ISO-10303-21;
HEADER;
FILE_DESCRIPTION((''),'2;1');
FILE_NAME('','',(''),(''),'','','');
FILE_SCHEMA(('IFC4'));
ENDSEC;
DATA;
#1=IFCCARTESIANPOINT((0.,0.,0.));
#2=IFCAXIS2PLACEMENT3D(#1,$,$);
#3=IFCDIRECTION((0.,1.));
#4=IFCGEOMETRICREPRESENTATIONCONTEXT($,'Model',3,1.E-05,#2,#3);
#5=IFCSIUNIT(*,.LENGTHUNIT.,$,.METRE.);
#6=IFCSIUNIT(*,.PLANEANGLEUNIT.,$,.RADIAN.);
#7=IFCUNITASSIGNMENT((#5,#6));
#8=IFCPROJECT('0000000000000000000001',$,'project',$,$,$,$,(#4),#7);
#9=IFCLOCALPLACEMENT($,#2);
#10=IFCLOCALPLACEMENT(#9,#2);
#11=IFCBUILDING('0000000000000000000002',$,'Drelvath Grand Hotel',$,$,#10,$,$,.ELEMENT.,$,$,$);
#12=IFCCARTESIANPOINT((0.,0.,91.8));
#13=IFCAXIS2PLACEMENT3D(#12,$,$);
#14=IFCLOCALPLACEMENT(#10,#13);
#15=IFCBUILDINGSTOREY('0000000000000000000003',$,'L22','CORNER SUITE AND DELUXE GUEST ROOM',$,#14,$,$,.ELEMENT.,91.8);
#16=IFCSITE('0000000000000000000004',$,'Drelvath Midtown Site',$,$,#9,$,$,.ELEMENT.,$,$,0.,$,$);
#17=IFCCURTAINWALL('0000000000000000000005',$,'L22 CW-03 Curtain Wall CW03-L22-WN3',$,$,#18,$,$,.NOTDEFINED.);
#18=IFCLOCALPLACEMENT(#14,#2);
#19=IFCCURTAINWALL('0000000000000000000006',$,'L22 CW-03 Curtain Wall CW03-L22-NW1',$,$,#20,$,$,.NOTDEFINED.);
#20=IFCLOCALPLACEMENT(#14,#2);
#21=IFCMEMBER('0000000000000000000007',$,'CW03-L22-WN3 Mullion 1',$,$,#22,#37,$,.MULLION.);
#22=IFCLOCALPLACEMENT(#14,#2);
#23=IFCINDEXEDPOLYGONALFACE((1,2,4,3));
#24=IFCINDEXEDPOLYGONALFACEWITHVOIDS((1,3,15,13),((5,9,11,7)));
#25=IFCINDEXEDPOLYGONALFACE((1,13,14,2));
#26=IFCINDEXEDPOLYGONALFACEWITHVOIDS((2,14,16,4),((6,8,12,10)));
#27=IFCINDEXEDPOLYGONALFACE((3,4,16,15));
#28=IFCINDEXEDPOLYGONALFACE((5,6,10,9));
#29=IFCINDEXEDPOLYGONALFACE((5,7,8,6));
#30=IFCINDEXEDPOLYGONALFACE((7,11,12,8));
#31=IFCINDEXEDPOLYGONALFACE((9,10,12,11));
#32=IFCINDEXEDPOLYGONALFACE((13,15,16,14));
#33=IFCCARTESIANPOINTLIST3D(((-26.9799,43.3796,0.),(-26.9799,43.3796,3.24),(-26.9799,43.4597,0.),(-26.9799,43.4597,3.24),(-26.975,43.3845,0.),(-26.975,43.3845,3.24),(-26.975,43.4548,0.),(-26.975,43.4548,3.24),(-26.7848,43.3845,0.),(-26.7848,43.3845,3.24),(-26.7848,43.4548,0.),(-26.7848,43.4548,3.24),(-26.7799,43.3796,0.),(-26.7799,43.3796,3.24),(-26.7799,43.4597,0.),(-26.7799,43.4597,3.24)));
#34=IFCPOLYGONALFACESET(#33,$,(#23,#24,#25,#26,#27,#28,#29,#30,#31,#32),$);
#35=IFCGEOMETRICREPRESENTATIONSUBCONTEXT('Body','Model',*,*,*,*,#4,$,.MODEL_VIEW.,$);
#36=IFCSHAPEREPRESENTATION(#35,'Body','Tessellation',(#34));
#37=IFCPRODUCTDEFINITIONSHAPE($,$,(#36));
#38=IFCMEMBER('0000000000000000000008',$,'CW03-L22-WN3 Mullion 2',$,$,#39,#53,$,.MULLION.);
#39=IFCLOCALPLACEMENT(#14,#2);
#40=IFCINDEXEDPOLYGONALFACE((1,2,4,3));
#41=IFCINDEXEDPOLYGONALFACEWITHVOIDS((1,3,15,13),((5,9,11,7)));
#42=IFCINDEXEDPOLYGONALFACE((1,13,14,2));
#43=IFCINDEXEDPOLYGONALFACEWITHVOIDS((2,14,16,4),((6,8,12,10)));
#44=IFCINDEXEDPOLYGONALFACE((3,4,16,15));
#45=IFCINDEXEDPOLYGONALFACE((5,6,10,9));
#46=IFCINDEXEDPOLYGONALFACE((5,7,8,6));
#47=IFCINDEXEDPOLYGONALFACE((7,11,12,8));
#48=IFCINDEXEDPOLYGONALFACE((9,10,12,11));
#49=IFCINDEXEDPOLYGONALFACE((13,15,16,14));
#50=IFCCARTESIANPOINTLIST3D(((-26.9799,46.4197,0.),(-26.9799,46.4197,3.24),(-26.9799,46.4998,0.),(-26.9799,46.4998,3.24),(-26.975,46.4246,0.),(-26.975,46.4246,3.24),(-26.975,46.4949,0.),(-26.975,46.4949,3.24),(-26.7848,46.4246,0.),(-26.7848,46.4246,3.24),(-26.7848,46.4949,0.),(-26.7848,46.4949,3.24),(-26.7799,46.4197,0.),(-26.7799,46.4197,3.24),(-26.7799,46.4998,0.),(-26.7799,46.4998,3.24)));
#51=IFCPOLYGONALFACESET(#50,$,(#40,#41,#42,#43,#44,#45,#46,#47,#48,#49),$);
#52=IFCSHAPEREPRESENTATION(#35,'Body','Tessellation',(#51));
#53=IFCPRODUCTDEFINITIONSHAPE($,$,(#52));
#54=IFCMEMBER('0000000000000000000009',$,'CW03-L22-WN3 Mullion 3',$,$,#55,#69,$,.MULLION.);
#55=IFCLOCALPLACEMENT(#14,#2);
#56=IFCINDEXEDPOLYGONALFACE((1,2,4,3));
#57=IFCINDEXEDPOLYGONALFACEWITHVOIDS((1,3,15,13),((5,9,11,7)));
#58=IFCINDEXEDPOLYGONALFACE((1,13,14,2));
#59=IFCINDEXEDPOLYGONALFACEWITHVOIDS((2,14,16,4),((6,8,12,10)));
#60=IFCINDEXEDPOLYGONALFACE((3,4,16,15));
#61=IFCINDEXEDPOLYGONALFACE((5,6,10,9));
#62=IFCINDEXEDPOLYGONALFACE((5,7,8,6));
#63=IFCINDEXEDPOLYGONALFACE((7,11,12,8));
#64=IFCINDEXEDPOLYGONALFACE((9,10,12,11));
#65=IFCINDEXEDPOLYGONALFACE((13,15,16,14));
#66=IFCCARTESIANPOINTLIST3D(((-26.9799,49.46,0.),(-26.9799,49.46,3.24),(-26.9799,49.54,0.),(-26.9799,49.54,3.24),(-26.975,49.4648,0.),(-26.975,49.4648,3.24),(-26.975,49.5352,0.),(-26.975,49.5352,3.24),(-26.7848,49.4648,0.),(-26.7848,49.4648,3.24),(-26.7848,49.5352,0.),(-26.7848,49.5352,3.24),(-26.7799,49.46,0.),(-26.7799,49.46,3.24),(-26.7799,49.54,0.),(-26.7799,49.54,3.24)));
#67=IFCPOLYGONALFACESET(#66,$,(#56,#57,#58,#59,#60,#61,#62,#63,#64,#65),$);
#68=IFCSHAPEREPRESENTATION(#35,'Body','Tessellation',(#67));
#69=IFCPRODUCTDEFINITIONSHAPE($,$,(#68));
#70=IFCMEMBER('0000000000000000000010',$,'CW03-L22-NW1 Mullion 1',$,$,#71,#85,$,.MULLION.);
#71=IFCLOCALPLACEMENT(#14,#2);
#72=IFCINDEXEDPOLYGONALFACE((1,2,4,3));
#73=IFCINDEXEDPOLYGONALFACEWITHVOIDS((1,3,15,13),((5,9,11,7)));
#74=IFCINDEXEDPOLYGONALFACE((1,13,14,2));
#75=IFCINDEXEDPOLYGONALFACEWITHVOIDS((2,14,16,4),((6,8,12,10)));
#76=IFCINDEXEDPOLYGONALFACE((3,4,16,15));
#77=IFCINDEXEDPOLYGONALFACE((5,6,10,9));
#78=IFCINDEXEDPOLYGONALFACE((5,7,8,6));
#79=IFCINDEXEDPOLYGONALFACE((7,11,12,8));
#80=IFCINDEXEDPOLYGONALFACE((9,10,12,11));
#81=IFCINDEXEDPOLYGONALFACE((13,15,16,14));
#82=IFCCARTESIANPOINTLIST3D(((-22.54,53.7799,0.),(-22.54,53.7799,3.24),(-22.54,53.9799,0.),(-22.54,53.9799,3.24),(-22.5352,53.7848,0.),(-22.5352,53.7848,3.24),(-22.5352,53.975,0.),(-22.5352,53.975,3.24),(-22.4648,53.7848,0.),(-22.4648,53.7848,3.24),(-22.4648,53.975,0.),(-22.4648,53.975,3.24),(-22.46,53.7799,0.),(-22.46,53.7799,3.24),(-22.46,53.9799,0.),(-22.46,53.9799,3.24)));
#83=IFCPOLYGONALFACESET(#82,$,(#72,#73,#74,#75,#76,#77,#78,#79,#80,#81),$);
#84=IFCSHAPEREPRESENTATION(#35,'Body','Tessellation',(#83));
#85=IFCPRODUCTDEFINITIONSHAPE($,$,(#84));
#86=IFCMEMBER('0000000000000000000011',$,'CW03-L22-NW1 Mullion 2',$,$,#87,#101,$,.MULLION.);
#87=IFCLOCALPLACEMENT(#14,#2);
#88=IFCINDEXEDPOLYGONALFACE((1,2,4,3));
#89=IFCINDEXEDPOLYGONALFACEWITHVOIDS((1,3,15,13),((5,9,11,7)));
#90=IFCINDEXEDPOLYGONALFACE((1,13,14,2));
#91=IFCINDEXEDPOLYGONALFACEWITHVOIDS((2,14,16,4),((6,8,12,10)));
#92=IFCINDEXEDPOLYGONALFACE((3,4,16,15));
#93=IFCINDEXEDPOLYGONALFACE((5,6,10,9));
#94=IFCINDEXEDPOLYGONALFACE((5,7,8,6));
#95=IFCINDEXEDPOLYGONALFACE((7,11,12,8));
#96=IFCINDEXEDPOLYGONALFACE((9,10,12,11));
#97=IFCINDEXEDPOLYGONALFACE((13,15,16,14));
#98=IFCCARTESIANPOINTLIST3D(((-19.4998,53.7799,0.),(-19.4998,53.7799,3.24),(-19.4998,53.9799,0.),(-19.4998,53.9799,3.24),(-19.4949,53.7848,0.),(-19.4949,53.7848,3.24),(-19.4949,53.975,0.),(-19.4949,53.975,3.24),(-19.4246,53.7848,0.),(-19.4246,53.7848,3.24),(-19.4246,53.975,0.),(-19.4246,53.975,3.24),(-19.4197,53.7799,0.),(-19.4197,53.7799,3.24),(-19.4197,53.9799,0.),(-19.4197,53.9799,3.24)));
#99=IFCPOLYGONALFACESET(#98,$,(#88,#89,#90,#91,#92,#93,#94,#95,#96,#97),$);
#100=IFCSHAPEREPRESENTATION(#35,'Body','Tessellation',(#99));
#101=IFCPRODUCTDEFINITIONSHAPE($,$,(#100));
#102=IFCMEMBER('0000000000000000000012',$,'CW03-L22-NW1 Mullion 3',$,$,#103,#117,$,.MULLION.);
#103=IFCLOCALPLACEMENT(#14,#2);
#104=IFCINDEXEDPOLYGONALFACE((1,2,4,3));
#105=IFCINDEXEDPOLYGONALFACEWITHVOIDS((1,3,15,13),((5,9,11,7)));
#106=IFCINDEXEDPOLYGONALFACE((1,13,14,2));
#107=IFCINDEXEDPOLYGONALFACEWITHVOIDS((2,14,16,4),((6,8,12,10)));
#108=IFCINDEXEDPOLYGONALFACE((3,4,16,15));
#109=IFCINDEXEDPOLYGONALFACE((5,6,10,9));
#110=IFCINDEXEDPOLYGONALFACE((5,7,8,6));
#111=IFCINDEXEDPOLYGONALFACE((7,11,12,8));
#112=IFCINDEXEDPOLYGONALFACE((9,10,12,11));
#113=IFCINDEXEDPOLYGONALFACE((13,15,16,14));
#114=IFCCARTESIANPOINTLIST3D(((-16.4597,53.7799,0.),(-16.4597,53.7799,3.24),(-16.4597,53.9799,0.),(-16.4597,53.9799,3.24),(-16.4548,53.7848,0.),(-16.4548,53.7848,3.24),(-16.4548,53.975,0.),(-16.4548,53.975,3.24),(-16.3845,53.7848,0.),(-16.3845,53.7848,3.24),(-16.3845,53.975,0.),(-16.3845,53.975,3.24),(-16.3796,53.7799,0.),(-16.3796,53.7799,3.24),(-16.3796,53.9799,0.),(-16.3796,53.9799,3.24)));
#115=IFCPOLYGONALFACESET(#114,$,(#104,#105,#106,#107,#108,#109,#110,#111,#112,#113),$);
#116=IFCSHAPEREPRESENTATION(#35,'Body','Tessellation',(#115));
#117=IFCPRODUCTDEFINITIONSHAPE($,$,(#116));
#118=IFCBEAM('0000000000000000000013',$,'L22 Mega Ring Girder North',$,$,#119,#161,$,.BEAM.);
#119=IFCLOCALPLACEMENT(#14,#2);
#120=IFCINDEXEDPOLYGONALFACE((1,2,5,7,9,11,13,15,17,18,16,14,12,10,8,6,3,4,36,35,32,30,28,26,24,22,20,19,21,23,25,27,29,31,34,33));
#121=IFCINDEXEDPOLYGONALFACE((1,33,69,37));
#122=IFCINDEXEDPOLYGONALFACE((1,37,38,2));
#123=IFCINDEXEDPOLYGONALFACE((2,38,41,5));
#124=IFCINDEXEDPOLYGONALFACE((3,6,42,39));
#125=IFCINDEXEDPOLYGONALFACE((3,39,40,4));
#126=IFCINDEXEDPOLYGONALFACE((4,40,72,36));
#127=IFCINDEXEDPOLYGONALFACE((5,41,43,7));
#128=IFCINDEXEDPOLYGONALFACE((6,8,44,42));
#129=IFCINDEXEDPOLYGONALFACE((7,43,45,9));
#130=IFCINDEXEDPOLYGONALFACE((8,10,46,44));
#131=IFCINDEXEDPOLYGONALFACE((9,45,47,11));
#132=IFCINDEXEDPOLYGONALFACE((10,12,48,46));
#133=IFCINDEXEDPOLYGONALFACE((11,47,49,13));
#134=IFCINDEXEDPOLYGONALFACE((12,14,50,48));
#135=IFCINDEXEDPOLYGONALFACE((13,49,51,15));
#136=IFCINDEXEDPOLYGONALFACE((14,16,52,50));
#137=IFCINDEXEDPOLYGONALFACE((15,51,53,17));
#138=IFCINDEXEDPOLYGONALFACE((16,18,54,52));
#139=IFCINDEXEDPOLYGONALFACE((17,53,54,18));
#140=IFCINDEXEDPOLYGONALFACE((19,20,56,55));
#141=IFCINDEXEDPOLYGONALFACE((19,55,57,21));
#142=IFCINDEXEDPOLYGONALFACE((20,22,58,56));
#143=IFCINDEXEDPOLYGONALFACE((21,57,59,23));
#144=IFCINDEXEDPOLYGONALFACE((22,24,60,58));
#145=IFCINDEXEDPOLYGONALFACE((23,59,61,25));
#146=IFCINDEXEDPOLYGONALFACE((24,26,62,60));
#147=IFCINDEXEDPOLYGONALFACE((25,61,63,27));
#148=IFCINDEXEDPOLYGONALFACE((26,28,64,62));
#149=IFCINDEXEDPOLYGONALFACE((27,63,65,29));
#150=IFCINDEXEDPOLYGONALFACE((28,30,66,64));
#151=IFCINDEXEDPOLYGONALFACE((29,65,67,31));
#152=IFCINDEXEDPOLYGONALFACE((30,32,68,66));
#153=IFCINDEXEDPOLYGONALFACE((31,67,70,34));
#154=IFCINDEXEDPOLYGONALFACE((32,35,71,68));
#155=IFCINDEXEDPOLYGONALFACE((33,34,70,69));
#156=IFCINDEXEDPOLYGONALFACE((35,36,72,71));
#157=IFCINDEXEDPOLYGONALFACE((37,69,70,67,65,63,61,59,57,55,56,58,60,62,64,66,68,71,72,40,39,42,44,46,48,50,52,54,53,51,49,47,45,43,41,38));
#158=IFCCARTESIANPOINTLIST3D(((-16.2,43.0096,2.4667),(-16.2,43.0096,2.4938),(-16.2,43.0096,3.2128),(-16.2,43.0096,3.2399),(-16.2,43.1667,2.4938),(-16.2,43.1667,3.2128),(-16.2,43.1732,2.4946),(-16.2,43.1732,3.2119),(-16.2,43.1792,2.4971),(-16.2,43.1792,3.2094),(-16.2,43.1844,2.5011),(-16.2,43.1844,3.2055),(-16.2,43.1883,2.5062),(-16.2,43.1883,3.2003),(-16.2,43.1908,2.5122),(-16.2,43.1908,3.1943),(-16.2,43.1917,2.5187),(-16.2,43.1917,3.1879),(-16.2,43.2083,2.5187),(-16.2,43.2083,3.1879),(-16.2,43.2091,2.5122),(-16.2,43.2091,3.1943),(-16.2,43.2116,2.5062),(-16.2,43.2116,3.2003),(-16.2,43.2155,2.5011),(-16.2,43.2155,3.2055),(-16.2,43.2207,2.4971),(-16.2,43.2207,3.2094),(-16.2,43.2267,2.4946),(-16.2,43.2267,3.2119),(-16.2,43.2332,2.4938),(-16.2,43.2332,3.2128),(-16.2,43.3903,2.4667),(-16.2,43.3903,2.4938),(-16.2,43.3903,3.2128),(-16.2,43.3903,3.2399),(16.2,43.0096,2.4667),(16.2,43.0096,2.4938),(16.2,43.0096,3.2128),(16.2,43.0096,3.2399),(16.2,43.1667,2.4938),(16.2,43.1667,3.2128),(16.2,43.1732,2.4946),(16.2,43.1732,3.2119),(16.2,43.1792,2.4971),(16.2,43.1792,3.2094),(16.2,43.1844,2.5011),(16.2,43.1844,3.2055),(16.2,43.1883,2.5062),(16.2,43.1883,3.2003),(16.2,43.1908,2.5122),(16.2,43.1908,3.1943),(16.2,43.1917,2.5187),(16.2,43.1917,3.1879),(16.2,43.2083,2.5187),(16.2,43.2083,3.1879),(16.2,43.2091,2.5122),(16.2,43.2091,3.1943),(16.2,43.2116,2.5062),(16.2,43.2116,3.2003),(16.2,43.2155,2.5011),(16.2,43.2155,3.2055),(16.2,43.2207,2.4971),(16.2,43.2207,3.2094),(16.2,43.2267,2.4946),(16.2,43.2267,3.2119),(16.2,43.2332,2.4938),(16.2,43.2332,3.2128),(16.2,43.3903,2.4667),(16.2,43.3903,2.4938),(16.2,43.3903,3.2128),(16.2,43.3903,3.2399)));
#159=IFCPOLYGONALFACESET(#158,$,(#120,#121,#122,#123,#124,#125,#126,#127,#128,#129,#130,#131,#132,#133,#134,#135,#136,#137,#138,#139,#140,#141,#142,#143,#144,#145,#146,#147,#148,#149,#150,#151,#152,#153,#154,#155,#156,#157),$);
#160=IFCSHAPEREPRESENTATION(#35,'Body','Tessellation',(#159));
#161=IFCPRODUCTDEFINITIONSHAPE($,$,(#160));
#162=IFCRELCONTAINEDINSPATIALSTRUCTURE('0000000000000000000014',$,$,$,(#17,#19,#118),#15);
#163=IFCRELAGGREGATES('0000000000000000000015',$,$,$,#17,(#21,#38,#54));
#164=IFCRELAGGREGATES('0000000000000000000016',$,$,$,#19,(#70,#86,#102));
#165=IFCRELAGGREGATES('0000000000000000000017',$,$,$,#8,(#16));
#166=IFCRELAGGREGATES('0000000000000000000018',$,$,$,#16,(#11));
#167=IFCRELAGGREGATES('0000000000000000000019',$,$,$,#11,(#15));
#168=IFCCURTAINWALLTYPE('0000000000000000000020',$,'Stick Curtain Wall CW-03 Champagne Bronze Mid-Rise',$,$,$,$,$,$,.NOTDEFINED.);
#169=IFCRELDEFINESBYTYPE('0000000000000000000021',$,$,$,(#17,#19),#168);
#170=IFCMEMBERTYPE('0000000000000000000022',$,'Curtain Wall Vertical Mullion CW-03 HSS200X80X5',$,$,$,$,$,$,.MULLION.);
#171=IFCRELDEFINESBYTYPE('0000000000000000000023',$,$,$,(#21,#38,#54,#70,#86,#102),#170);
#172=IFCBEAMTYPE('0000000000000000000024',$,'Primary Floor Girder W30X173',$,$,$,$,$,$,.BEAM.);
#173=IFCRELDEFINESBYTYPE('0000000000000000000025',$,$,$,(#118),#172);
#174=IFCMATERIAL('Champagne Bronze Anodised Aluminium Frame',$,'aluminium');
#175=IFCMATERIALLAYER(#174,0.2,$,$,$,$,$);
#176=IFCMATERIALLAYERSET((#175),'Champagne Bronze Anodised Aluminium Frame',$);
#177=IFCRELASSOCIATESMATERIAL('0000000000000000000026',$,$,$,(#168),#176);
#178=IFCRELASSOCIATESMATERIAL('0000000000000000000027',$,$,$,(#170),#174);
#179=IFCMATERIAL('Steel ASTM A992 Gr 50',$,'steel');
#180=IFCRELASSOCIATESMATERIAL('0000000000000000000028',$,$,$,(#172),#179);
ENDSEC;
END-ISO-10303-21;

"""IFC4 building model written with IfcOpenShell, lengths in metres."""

from ifc_helpers import new_model, si_unit, direction, frame, origin, origin_2d, place, context, subcontext, project, spatial, hollow_rectangle, i_section, extrude, material, layer, layer_set, material_profile, profile_set, type_object, element, aggregate, save


model = new_model("IFC4")

# Units and contexts
model_context = context("Model", 3, precision=1e-05, world=origin(), true_north=direction((0.0, 1.0)))
body_context = subcontext(model_context, "Body", "Model", "MODEL_VIEW")
ifc_project = project(units=[si_unit("LENGTHUNIT", "METRE"), si_unit("PLANEANGLEUNIT", "RADIAN")], contexts=[model_context])

# Site, building, storey
site_placement = place(None, origin())
site = spatial("IfcSite", under=ifc_project, at=site_placement, Name="Drelvath Midtown Site", CompositionType="ELEMENT", RefElevation=0.0)
building_placement = place(site_placement, origin())
building = spatial("IfcBuilding", under=site, at=building_placement, Name="Drelvath Grand Hotel", CompositionType="ELEMENT")
storey_placement = place(building_placement, frame((0.0, 0.0, 91.8)))
storey = spatial("IfcBuildingStorey", under=building, at=storey_placement, Name="L22", Description="CORNER SUITE AND DELUXE GUEST ROOM", CompositionType="ELEMENT", Elevation=91.8)

# Shared definitions
ifc_material_1 = material(Name="Steel ASTM A992 Gr 50", Category="steel")

# Curtain walls
ifc_material_2 = material(Name="Champagne Bronze Anodised Aluminium Frame", Category="aluminium")
ifc_layer_1 = layer(ifc_material_2, 0.2)
ifc_layer_set_1 = layer_set([ifc_layer_1], Name="Champagne Bronze Anodised Aluminium Frame")
curtain_wall_type = type_object("IfcCurtainWallType", Name="Stick Curtain Wall CW-03 Champagne Bronze Mid-Rise", PredefinedType="NOTDEFINED", material=ifc_layer_set_1)
curtain_wall_1_placement = place(storey_placement, origin())
curtain_wall_1 = element("IfcCurtainWall", 1, at=curtain_wall_1_placement, inside=storey, type_object=curtain_wall_type, Name="L22 CW-03 Curtain Wall CW03-L22-WN3", PredefinedType="NOTDEFINED")
curtain_wall_2_placement = place(storey_placement, origin())
curtain_wall_2 = element("IfcCurtainWall", 2, at=curtain_wall_2_placement, inside=storey, type_object=curtain_wall_type, Name="L22 CW-03 Curtain Wall CW03-L22-NW1", PredefinedType="NOTDEFINED")

# Shared definitions
ifc_material_profile_1 = material_profile(ifc_material_2, hollow_rectangle(XDim=0.0801, YDim=0.2, WallThickness=0.0049, at=origin_2d()), Name="HSS200X80X5")
ifc_profile_set_1 = profile_set([ifc_material_profile_1], Name="Champagne Bronze Anodised Aluminium Frame")
member_type_1 = type_object("IfcMemberType", Name="Curtain Wall Vertical Mullion CW-03 HSS200X80X5", PredefinedType="MULLION", material=ifc_profile_set_1)

# Members
member_1_placement = place(storey_placement, frame((-26.8799, 43.4197, 0.0), z_axis=(0.0, 0.0, 1.0), x_axis=(0.0, 1.0, 0.0)))
member_1 = element("IfcMember", 3, at=member_1_placement, type_object=member_type_1, Name="CW03-L22-WN3 Mullion 1", PredefinedType="MULLION", context=body_context, shape_type="SweptSolid", body=[
    extrude(hollow_rectangle(XDim=0.0801, YDim=0.2, WallThickness=0.0049, at=origin_2d()), origin(), (0.0, 0.0, 1.0), 3.24),
])
member_2_placement = place(storey_placement, frame((-26.8799, 46.4597, 0.0), z_axis=(0.0, 0.0, 1.0), x_axis=(0.0, 1.0, 0.0)))
member_2 = element("IfcMember", 4, at=member_2_placement, type_object=member_type_1, Name="CW03-L22-WN3 Mullion 2", PredefinedType="MULLION", context=body_context, shape_type="SweptSolid", body=[
    extrude(hollow_rectangle(XDim=0.0801, YDim=0.2, WallThickness=0.0049, at=origin_2d()), origin(), (0.0, 0.0, 1.0), 3.24),
])
member_3_placement = place(storey_placement, frame((-26.8799, 49.5, 0.0), z_axis=(0.0, 0.0, 1.0), x_axis=(0.0, 1.0, 0.0)))
member_3 = element("IfcMember", 5, at=member_3_placement, type_object=member_type_1, Name="CW03-L22-WN3 Mullion 3", PredefinedType="MULLION", context=body_context, shape_type="SweptSolid", body=[
    extrude(hollow_rectangle(XDim=0.0801, YDim=0.2, WallThickness=0.0049, at=origin_2d()), origin(), (0.0, 0.0, 1.0), 3.24),
])
member_4_placement = place(storey_placement, frame((-22.5, 53.8799, 0.0), z_axis=(0.0, 0.0, 1.0), x_axis=(1.0, 0.0, 0.0)))
member_4 = element("IfcMember", 6, at=member_4_placement, type_object=member_type_1, Name="CW03-L22-NW1 Mullion 1", PredefinedType="MULLION", context=body_context, shape_type="SweptSolid", body=[
    extrude(hollow_rectangle(XDim=0.0801, YDim=0.2, WallThickness=0.0049, at=origin_2d()), origin(), (0.0, 0.0, 1.0), 3.24),
])
member_5_placement = place(storey_placement, frame((-19.4597, 53.8799, 0.0), z_axis=(0.0, 0.0, 1.0), x_axis=(1.0, 0.0, 0.0)))
member_5 = element("IfcMember", 7, at=member_5_placement, type_object=member_type_1, Name="CW03-L22-NW1 Mullion 2", PredefinedType="MULLION", context=body_context, shape_type="SweptSolid", body=[
    extrude(hollow_rectangle(XDim=0.0801, YDim=0.2, WallThickness=0.0049, at=origin_2d()), origin(), (0.0, 0.0, 1.0), 3.24),
])
member_6_placement = place(storey_placement, frame((-16.4197, 53.8799, 0.0), z_axis=(0.0, 0.0, 1.0), x_axis=(1.0, 0.0, 0.0)))
member_6 = element("IfcMember", 8, at=member_6_placement, type_object=member_type_1, Name="CW03-L22-NW1 Mullion 3", PredefinedType="MULLION", context=body_context, shape_type="SweptSolid", body=[
    extrude(hollow_rectangle(XDim=0.0801, YDim=0.2, WallThickness=0.0049, at=origin_2d()), origin(), (0.0, 0.0, 1.0), 3.24),
])

# Beam
ifc_material_profile_2 = material_profile(ifc_material_1, i_section(OverallWidth=0.3806, OverallDepth=0.7732, WebThickness=0.0166, FlangeThickness=0.0271, FilletRadius=0.0249, at=origin_2d()), Name="W30X173")
ifc_profile_set_2 = profile_set([ifc_material_profile_2], Name="Steel ASTM A992 Gr 50")
beam_type_1 = type_object("IfcBeamType", Name="Primary Floor Girder W30X173", PredefinedType="BEAM", material=ifc_profile_set_2)
beam_1_placement = place(storey_placement, frame((-16.2, 43.2, 2.8533), z_axis=(1.0, 0.0, 0.0), x_axis=(0.0, 1.0, 0.0)))
element("IfcBeam", 9, at=beam_1_placement, inside=storey, type_object=beam_type_1, Name="L22 Mega Ring Girder North", PredefinedType="BEAM", context=body_context, shape_type="SweptSolid", body=[
    extrude(i_section(OverallWidth=0.3806, OverallDepth=0.7732, WebThickness=0.0166, FlangeThickness=0.0271, FilletRadius=0.0249, at=origin_2d()), origin(), (0.0, 0.0, 1.0), 32.3999),
])

aggregate(curtain_wall_1, [member_1, member_2, member_3])
aggregate(curtain_wall_2, [member_4, member_5, member_6])

save(model, "model.ifc")
